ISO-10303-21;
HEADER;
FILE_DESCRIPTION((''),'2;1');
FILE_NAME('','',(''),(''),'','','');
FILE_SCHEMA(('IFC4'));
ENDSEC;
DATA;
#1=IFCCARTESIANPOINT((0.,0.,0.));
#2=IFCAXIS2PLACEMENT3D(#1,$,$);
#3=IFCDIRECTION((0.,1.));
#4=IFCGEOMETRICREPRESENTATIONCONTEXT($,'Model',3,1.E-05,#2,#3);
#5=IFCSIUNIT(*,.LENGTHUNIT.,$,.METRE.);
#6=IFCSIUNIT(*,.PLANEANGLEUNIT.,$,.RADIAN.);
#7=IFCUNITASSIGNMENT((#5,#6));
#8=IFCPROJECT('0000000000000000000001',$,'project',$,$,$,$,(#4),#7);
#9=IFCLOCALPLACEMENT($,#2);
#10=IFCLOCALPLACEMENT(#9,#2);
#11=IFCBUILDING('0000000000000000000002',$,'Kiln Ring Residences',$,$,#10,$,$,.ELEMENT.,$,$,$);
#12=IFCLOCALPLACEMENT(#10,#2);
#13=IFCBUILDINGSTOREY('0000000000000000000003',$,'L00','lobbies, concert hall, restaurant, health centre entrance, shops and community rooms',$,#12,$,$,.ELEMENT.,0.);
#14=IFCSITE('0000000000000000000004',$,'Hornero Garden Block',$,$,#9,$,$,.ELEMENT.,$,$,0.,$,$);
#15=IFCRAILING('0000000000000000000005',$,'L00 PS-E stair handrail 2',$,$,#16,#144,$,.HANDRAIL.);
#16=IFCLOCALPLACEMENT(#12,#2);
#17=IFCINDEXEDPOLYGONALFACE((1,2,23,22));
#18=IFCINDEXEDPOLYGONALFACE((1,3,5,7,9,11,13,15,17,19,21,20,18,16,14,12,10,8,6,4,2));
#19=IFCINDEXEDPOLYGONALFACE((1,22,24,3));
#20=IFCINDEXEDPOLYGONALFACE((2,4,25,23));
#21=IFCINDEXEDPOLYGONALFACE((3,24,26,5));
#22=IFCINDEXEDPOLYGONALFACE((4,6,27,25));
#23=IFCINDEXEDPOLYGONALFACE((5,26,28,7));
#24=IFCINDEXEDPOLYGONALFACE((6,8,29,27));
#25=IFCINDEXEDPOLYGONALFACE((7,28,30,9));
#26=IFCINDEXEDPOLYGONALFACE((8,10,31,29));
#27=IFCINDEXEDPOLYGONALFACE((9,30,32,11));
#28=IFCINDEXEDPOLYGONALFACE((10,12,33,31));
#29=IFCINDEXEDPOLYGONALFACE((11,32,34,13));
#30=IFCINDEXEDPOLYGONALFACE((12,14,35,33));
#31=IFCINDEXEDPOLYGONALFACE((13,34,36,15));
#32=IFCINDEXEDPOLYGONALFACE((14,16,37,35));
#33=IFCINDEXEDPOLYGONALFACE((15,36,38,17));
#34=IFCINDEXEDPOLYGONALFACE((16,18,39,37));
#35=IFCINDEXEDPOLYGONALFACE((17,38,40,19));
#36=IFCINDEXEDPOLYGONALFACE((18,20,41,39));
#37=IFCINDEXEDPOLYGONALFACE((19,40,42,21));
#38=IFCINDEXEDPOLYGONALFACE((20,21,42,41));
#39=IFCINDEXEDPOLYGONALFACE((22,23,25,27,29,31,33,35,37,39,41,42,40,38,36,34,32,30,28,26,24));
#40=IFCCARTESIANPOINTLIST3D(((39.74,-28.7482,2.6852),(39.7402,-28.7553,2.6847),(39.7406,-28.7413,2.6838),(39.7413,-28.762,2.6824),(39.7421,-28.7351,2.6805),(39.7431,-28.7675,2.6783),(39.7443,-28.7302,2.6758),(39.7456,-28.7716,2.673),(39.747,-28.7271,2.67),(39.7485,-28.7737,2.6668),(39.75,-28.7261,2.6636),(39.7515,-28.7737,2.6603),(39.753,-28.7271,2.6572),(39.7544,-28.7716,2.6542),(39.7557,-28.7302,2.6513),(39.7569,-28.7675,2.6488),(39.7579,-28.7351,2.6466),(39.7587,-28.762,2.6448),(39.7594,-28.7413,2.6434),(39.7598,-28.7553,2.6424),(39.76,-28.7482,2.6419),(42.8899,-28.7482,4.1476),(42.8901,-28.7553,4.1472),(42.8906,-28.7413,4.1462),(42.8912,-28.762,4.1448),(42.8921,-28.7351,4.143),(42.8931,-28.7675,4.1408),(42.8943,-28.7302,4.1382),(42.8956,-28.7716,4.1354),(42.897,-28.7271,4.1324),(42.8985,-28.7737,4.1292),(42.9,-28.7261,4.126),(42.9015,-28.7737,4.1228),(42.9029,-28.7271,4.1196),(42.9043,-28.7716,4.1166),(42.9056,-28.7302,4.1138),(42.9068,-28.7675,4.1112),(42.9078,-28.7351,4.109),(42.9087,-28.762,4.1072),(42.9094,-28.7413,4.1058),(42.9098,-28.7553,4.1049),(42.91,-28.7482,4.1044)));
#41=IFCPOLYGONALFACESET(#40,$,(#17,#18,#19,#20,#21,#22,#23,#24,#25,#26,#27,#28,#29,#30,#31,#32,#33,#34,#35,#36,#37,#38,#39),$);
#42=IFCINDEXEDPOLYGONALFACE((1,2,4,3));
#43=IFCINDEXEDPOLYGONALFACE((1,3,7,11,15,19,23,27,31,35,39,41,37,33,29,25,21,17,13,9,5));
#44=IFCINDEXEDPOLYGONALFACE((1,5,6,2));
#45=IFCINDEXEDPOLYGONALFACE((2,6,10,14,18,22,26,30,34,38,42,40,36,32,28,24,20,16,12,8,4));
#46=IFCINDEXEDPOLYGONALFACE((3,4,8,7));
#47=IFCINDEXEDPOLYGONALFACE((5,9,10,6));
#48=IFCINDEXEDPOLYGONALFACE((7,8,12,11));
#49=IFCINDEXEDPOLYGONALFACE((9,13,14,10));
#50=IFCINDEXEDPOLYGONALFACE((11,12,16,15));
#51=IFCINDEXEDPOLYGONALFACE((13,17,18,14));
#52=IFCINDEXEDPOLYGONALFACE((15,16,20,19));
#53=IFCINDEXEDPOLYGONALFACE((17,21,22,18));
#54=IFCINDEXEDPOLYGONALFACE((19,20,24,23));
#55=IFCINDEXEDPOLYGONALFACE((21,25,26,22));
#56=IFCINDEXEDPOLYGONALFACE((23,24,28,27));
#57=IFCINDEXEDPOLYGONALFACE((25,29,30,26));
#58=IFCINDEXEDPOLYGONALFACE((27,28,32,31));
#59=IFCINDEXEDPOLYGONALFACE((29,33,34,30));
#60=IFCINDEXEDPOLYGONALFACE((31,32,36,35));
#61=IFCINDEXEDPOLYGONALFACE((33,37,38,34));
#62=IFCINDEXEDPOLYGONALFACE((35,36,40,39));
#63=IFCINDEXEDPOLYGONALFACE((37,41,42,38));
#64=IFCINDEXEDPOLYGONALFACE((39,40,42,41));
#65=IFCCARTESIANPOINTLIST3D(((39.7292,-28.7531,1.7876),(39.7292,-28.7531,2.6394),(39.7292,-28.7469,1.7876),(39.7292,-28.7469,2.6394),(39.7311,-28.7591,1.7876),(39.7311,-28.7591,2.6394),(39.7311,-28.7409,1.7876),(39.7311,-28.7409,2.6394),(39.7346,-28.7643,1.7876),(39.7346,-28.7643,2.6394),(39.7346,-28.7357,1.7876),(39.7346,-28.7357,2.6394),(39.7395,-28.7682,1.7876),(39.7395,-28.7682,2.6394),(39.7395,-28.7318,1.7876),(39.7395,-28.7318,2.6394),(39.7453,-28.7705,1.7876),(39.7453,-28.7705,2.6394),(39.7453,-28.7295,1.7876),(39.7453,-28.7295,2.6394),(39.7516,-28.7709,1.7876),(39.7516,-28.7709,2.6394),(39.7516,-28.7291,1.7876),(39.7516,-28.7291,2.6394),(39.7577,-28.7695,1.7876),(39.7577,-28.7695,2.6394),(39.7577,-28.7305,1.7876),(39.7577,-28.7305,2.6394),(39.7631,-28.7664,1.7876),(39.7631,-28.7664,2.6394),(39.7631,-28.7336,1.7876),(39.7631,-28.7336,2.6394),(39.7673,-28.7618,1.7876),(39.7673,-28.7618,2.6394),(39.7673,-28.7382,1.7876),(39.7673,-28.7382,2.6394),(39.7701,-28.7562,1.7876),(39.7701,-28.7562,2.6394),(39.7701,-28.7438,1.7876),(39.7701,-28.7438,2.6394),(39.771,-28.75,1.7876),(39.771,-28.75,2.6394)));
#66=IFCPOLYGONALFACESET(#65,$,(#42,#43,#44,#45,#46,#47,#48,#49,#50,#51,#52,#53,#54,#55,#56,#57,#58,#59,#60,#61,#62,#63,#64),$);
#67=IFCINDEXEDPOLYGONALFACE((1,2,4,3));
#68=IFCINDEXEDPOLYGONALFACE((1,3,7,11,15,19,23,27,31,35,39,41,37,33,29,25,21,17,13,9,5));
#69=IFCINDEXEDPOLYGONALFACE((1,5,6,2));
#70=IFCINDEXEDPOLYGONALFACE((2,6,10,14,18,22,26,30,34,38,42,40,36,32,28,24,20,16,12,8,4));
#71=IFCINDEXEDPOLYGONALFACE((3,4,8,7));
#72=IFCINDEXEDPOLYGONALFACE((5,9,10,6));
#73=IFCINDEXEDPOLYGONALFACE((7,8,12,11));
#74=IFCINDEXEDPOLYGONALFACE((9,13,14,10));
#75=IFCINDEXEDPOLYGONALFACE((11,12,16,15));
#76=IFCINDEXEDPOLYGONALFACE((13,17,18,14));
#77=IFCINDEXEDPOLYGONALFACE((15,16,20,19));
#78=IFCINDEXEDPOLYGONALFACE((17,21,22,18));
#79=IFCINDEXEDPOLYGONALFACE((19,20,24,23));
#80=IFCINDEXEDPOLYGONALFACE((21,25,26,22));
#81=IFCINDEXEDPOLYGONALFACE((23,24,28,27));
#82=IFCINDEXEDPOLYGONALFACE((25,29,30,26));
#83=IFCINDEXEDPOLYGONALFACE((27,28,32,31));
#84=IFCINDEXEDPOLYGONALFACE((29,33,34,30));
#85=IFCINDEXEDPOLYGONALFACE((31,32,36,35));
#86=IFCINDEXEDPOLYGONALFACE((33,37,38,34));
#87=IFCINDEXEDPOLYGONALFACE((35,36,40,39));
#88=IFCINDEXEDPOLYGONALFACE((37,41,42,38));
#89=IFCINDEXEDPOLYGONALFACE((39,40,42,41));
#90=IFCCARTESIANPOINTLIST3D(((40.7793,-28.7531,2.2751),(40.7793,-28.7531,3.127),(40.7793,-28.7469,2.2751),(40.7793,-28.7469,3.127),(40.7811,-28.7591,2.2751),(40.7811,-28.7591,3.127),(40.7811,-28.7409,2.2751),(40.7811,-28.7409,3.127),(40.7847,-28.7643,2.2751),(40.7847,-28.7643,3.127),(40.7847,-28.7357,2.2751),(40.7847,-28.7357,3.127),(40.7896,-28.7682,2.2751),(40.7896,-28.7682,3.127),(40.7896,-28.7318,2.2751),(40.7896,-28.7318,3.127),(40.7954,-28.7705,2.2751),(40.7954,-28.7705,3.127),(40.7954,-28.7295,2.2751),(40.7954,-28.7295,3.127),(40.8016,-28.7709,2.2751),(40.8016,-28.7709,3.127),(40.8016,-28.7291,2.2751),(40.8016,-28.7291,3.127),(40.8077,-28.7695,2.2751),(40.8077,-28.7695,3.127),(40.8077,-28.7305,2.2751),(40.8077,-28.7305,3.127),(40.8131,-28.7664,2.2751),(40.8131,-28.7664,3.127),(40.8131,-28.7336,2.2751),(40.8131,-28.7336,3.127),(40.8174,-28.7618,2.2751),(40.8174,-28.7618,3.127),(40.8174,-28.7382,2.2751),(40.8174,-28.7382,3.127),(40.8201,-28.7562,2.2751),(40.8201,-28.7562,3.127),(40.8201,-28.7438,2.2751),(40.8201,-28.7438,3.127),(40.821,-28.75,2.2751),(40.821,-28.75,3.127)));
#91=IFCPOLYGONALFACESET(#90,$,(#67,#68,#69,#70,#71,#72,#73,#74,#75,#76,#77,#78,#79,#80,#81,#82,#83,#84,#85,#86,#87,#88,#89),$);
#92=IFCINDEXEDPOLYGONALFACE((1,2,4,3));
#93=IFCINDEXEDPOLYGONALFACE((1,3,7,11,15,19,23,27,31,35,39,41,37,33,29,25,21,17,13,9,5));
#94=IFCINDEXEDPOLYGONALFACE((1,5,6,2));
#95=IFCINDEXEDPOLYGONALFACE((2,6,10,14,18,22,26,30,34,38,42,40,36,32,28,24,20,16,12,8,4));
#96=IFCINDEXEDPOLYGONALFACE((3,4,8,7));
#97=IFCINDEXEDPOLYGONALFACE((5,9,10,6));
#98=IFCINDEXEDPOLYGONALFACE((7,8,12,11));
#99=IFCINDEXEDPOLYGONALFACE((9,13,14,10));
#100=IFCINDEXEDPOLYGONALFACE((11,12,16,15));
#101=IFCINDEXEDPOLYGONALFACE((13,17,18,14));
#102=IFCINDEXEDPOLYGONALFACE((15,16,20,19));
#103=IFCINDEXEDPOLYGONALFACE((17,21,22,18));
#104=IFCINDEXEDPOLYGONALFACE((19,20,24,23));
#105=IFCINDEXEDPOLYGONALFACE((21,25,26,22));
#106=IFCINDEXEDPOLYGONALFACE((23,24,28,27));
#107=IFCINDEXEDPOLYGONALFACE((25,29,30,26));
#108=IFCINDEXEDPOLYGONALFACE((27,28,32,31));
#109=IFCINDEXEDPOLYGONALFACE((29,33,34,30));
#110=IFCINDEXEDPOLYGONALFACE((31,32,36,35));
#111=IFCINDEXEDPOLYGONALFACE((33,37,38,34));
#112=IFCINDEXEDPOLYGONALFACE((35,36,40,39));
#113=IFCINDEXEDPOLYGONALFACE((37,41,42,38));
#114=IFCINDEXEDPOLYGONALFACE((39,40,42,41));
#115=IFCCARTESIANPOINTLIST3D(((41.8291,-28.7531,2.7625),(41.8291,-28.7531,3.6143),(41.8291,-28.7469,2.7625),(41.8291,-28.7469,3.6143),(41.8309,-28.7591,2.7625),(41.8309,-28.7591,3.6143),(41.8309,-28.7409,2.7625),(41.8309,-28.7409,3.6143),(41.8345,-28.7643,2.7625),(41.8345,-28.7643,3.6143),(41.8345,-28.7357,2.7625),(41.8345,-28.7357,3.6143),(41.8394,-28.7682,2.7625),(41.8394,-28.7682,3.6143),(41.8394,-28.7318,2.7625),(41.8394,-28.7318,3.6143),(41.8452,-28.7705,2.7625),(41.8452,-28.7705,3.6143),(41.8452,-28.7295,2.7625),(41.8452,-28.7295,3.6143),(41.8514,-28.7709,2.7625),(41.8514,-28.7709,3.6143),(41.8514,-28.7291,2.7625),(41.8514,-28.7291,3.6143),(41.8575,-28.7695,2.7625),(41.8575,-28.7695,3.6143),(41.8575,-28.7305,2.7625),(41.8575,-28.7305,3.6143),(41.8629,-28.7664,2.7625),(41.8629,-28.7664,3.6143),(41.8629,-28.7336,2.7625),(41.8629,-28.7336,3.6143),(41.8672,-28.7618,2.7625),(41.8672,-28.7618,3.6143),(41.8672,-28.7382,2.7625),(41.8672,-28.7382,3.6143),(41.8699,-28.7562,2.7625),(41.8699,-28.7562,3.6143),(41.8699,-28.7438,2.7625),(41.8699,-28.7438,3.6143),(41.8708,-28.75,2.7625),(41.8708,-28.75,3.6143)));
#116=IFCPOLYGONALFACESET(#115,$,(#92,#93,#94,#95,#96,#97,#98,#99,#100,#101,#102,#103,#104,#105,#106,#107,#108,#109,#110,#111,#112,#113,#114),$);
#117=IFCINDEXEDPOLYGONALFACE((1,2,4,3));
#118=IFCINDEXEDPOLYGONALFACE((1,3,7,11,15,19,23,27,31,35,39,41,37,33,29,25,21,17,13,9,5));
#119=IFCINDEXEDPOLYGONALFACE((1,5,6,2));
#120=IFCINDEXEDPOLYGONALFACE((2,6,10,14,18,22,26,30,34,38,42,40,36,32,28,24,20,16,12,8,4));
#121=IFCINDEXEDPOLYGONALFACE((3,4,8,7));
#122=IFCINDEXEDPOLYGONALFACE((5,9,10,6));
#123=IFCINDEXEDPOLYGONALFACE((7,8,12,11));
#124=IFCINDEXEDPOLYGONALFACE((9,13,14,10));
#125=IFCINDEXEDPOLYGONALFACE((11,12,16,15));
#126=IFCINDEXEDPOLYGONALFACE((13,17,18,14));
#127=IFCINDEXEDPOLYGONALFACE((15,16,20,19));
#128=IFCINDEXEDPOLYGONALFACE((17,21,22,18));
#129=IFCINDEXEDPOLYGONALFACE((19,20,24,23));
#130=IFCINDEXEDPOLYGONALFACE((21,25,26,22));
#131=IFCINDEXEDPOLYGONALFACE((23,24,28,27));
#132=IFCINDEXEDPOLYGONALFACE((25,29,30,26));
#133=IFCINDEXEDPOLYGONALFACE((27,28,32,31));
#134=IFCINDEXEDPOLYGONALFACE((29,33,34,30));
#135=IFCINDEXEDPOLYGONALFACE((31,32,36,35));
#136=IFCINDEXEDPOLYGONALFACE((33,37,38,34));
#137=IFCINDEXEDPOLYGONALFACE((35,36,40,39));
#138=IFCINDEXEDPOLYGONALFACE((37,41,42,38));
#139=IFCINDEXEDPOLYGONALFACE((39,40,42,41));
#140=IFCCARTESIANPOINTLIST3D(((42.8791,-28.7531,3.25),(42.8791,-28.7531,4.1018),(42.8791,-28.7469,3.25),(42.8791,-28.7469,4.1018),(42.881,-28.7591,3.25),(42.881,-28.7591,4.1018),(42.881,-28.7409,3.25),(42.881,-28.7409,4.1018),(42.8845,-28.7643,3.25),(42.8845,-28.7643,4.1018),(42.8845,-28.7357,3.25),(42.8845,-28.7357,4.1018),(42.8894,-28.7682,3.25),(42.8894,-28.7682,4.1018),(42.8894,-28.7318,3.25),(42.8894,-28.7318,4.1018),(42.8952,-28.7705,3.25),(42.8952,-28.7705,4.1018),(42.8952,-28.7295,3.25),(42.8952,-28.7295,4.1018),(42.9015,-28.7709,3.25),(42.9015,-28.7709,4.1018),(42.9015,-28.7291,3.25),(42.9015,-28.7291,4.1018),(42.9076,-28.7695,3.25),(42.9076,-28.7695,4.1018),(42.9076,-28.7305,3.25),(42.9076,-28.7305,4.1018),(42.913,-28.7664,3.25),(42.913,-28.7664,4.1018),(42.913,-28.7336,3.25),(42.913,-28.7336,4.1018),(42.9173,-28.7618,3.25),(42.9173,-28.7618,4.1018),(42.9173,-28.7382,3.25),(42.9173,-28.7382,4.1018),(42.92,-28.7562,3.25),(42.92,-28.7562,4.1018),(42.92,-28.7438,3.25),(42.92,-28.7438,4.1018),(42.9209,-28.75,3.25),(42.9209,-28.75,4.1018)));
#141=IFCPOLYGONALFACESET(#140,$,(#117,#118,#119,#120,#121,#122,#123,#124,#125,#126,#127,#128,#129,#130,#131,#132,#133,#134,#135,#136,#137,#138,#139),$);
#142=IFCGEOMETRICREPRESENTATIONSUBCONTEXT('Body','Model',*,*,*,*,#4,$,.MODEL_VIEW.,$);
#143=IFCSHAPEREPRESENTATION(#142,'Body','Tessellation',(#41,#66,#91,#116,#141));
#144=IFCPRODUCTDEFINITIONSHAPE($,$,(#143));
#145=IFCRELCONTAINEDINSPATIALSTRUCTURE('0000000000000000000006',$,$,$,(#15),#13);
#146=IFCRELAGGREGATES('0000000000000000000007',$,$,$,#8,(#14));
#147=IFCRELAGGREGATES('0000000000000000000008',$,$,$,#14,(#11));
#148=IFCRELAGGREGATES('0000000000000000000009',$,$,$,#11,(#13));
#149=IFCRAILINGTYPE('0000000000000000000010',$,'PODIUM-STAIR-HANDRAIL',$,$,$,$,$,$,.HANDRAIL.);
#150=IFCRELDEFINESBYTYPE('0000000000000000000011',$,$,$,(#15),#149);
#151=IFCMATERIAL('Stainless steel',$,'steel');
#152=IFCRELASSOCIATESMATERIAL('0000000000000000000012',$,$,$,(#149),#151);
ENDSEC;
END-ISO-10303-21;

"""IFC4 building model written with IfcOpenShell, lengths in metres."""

from ifc_helpers import new_model, si_unit, direction, frame, origin, origin_2d, place, context, subcontext, project, spatial, circle, extrude, material, type_object, element, save


model = new_model("IFC4")

# Units and contexts
model_context = context("Model", 3, precision=1e-05, world=origin(), true_north=direction((0.0, 1.0)))
body_context = subcontext(model_context, "Body", "Model", "MODEL_VIEW")
ifc_project = project(units=[si_unit("LENGTHUNIT", "METRE"), si_unit("PLANEANGLEUNIT", "RADIAN")], contexts=[model_context])

# Site, building, storey
site_placement = place(None, origin())
site = spatial("IfcSite", under=ifc_project, at=site_placement, Name="Hornero Garden Block", CompositionType="ELEMENT", RefElevation=0.0)
building_placement = place(site_placement, origin())
building = spatial("IfcBuilding", under=site, at=building_placement, Name="Kiln Ring Residences", CompositionType="ELEMENT")
storey_placement = place(building_placement, origin())
storey = spatial("IfcBuildingStorey", under=building, at=storey_placement, Name="L00", Description="lobbies, concert hall, restaurant, health centre entrance, shops and community rooms", CompositionType="ELEMENT", Elevation=0.0)

# Railing
ifc_material_1 = material(Name="Stainless steel", Category="steel")
railing_type_1 = type_object("IfcRailingType", Name="PODIUM-STAIR-HANDRAIL", PredefinedType="HANDRAIL", material=ifc_material_1)
for number, where, name in (
    (1, (39.75, -28.75, 1.7876), "L00 PS-E stair handrail 2"),
):
    element("IfcRailing", number, at=place(storey_placement, frame(where)), inside=storey, type_object=railing_type_1, Name=name, PredefinedType="HANDRAIL", context=body_context, shape_type="SweptSolid", body=[
        extrude(circle(Radius=0.0239, at=origin_2d()), frame((0.0, 0.0, 0.876), z_axis=(0.907015, 0.0, 0.421099), x_axis=(0.0, 1.0, 0.0)), (0.0, 0.0, 1.0), 3.4729),
        extrude(circle(Radius=0.021, at=origin_2d()), origin(), (0.0, 0.0, 1.0), 0.8518),
        extrude(circle(Radius=0.021, at=origin_2d()), frame((1.05, 0.0, 0.4875)), (0.0, 0.0, 1.0), 0.8518),
        extrude(circle(Radius=0.021, at=origin_2d()), frame((2.0999, 0.0, 0.9749)), (0.0, 0.0, 1.0), 0.8518),
        extrude(circle(Radius=0.021, at=origin_2d()), frame((3.1499, 0.0, 1.4624)), (0.0, 0.0, 1.0), 0.8518),
    ])

save(model, "model.ifc")
